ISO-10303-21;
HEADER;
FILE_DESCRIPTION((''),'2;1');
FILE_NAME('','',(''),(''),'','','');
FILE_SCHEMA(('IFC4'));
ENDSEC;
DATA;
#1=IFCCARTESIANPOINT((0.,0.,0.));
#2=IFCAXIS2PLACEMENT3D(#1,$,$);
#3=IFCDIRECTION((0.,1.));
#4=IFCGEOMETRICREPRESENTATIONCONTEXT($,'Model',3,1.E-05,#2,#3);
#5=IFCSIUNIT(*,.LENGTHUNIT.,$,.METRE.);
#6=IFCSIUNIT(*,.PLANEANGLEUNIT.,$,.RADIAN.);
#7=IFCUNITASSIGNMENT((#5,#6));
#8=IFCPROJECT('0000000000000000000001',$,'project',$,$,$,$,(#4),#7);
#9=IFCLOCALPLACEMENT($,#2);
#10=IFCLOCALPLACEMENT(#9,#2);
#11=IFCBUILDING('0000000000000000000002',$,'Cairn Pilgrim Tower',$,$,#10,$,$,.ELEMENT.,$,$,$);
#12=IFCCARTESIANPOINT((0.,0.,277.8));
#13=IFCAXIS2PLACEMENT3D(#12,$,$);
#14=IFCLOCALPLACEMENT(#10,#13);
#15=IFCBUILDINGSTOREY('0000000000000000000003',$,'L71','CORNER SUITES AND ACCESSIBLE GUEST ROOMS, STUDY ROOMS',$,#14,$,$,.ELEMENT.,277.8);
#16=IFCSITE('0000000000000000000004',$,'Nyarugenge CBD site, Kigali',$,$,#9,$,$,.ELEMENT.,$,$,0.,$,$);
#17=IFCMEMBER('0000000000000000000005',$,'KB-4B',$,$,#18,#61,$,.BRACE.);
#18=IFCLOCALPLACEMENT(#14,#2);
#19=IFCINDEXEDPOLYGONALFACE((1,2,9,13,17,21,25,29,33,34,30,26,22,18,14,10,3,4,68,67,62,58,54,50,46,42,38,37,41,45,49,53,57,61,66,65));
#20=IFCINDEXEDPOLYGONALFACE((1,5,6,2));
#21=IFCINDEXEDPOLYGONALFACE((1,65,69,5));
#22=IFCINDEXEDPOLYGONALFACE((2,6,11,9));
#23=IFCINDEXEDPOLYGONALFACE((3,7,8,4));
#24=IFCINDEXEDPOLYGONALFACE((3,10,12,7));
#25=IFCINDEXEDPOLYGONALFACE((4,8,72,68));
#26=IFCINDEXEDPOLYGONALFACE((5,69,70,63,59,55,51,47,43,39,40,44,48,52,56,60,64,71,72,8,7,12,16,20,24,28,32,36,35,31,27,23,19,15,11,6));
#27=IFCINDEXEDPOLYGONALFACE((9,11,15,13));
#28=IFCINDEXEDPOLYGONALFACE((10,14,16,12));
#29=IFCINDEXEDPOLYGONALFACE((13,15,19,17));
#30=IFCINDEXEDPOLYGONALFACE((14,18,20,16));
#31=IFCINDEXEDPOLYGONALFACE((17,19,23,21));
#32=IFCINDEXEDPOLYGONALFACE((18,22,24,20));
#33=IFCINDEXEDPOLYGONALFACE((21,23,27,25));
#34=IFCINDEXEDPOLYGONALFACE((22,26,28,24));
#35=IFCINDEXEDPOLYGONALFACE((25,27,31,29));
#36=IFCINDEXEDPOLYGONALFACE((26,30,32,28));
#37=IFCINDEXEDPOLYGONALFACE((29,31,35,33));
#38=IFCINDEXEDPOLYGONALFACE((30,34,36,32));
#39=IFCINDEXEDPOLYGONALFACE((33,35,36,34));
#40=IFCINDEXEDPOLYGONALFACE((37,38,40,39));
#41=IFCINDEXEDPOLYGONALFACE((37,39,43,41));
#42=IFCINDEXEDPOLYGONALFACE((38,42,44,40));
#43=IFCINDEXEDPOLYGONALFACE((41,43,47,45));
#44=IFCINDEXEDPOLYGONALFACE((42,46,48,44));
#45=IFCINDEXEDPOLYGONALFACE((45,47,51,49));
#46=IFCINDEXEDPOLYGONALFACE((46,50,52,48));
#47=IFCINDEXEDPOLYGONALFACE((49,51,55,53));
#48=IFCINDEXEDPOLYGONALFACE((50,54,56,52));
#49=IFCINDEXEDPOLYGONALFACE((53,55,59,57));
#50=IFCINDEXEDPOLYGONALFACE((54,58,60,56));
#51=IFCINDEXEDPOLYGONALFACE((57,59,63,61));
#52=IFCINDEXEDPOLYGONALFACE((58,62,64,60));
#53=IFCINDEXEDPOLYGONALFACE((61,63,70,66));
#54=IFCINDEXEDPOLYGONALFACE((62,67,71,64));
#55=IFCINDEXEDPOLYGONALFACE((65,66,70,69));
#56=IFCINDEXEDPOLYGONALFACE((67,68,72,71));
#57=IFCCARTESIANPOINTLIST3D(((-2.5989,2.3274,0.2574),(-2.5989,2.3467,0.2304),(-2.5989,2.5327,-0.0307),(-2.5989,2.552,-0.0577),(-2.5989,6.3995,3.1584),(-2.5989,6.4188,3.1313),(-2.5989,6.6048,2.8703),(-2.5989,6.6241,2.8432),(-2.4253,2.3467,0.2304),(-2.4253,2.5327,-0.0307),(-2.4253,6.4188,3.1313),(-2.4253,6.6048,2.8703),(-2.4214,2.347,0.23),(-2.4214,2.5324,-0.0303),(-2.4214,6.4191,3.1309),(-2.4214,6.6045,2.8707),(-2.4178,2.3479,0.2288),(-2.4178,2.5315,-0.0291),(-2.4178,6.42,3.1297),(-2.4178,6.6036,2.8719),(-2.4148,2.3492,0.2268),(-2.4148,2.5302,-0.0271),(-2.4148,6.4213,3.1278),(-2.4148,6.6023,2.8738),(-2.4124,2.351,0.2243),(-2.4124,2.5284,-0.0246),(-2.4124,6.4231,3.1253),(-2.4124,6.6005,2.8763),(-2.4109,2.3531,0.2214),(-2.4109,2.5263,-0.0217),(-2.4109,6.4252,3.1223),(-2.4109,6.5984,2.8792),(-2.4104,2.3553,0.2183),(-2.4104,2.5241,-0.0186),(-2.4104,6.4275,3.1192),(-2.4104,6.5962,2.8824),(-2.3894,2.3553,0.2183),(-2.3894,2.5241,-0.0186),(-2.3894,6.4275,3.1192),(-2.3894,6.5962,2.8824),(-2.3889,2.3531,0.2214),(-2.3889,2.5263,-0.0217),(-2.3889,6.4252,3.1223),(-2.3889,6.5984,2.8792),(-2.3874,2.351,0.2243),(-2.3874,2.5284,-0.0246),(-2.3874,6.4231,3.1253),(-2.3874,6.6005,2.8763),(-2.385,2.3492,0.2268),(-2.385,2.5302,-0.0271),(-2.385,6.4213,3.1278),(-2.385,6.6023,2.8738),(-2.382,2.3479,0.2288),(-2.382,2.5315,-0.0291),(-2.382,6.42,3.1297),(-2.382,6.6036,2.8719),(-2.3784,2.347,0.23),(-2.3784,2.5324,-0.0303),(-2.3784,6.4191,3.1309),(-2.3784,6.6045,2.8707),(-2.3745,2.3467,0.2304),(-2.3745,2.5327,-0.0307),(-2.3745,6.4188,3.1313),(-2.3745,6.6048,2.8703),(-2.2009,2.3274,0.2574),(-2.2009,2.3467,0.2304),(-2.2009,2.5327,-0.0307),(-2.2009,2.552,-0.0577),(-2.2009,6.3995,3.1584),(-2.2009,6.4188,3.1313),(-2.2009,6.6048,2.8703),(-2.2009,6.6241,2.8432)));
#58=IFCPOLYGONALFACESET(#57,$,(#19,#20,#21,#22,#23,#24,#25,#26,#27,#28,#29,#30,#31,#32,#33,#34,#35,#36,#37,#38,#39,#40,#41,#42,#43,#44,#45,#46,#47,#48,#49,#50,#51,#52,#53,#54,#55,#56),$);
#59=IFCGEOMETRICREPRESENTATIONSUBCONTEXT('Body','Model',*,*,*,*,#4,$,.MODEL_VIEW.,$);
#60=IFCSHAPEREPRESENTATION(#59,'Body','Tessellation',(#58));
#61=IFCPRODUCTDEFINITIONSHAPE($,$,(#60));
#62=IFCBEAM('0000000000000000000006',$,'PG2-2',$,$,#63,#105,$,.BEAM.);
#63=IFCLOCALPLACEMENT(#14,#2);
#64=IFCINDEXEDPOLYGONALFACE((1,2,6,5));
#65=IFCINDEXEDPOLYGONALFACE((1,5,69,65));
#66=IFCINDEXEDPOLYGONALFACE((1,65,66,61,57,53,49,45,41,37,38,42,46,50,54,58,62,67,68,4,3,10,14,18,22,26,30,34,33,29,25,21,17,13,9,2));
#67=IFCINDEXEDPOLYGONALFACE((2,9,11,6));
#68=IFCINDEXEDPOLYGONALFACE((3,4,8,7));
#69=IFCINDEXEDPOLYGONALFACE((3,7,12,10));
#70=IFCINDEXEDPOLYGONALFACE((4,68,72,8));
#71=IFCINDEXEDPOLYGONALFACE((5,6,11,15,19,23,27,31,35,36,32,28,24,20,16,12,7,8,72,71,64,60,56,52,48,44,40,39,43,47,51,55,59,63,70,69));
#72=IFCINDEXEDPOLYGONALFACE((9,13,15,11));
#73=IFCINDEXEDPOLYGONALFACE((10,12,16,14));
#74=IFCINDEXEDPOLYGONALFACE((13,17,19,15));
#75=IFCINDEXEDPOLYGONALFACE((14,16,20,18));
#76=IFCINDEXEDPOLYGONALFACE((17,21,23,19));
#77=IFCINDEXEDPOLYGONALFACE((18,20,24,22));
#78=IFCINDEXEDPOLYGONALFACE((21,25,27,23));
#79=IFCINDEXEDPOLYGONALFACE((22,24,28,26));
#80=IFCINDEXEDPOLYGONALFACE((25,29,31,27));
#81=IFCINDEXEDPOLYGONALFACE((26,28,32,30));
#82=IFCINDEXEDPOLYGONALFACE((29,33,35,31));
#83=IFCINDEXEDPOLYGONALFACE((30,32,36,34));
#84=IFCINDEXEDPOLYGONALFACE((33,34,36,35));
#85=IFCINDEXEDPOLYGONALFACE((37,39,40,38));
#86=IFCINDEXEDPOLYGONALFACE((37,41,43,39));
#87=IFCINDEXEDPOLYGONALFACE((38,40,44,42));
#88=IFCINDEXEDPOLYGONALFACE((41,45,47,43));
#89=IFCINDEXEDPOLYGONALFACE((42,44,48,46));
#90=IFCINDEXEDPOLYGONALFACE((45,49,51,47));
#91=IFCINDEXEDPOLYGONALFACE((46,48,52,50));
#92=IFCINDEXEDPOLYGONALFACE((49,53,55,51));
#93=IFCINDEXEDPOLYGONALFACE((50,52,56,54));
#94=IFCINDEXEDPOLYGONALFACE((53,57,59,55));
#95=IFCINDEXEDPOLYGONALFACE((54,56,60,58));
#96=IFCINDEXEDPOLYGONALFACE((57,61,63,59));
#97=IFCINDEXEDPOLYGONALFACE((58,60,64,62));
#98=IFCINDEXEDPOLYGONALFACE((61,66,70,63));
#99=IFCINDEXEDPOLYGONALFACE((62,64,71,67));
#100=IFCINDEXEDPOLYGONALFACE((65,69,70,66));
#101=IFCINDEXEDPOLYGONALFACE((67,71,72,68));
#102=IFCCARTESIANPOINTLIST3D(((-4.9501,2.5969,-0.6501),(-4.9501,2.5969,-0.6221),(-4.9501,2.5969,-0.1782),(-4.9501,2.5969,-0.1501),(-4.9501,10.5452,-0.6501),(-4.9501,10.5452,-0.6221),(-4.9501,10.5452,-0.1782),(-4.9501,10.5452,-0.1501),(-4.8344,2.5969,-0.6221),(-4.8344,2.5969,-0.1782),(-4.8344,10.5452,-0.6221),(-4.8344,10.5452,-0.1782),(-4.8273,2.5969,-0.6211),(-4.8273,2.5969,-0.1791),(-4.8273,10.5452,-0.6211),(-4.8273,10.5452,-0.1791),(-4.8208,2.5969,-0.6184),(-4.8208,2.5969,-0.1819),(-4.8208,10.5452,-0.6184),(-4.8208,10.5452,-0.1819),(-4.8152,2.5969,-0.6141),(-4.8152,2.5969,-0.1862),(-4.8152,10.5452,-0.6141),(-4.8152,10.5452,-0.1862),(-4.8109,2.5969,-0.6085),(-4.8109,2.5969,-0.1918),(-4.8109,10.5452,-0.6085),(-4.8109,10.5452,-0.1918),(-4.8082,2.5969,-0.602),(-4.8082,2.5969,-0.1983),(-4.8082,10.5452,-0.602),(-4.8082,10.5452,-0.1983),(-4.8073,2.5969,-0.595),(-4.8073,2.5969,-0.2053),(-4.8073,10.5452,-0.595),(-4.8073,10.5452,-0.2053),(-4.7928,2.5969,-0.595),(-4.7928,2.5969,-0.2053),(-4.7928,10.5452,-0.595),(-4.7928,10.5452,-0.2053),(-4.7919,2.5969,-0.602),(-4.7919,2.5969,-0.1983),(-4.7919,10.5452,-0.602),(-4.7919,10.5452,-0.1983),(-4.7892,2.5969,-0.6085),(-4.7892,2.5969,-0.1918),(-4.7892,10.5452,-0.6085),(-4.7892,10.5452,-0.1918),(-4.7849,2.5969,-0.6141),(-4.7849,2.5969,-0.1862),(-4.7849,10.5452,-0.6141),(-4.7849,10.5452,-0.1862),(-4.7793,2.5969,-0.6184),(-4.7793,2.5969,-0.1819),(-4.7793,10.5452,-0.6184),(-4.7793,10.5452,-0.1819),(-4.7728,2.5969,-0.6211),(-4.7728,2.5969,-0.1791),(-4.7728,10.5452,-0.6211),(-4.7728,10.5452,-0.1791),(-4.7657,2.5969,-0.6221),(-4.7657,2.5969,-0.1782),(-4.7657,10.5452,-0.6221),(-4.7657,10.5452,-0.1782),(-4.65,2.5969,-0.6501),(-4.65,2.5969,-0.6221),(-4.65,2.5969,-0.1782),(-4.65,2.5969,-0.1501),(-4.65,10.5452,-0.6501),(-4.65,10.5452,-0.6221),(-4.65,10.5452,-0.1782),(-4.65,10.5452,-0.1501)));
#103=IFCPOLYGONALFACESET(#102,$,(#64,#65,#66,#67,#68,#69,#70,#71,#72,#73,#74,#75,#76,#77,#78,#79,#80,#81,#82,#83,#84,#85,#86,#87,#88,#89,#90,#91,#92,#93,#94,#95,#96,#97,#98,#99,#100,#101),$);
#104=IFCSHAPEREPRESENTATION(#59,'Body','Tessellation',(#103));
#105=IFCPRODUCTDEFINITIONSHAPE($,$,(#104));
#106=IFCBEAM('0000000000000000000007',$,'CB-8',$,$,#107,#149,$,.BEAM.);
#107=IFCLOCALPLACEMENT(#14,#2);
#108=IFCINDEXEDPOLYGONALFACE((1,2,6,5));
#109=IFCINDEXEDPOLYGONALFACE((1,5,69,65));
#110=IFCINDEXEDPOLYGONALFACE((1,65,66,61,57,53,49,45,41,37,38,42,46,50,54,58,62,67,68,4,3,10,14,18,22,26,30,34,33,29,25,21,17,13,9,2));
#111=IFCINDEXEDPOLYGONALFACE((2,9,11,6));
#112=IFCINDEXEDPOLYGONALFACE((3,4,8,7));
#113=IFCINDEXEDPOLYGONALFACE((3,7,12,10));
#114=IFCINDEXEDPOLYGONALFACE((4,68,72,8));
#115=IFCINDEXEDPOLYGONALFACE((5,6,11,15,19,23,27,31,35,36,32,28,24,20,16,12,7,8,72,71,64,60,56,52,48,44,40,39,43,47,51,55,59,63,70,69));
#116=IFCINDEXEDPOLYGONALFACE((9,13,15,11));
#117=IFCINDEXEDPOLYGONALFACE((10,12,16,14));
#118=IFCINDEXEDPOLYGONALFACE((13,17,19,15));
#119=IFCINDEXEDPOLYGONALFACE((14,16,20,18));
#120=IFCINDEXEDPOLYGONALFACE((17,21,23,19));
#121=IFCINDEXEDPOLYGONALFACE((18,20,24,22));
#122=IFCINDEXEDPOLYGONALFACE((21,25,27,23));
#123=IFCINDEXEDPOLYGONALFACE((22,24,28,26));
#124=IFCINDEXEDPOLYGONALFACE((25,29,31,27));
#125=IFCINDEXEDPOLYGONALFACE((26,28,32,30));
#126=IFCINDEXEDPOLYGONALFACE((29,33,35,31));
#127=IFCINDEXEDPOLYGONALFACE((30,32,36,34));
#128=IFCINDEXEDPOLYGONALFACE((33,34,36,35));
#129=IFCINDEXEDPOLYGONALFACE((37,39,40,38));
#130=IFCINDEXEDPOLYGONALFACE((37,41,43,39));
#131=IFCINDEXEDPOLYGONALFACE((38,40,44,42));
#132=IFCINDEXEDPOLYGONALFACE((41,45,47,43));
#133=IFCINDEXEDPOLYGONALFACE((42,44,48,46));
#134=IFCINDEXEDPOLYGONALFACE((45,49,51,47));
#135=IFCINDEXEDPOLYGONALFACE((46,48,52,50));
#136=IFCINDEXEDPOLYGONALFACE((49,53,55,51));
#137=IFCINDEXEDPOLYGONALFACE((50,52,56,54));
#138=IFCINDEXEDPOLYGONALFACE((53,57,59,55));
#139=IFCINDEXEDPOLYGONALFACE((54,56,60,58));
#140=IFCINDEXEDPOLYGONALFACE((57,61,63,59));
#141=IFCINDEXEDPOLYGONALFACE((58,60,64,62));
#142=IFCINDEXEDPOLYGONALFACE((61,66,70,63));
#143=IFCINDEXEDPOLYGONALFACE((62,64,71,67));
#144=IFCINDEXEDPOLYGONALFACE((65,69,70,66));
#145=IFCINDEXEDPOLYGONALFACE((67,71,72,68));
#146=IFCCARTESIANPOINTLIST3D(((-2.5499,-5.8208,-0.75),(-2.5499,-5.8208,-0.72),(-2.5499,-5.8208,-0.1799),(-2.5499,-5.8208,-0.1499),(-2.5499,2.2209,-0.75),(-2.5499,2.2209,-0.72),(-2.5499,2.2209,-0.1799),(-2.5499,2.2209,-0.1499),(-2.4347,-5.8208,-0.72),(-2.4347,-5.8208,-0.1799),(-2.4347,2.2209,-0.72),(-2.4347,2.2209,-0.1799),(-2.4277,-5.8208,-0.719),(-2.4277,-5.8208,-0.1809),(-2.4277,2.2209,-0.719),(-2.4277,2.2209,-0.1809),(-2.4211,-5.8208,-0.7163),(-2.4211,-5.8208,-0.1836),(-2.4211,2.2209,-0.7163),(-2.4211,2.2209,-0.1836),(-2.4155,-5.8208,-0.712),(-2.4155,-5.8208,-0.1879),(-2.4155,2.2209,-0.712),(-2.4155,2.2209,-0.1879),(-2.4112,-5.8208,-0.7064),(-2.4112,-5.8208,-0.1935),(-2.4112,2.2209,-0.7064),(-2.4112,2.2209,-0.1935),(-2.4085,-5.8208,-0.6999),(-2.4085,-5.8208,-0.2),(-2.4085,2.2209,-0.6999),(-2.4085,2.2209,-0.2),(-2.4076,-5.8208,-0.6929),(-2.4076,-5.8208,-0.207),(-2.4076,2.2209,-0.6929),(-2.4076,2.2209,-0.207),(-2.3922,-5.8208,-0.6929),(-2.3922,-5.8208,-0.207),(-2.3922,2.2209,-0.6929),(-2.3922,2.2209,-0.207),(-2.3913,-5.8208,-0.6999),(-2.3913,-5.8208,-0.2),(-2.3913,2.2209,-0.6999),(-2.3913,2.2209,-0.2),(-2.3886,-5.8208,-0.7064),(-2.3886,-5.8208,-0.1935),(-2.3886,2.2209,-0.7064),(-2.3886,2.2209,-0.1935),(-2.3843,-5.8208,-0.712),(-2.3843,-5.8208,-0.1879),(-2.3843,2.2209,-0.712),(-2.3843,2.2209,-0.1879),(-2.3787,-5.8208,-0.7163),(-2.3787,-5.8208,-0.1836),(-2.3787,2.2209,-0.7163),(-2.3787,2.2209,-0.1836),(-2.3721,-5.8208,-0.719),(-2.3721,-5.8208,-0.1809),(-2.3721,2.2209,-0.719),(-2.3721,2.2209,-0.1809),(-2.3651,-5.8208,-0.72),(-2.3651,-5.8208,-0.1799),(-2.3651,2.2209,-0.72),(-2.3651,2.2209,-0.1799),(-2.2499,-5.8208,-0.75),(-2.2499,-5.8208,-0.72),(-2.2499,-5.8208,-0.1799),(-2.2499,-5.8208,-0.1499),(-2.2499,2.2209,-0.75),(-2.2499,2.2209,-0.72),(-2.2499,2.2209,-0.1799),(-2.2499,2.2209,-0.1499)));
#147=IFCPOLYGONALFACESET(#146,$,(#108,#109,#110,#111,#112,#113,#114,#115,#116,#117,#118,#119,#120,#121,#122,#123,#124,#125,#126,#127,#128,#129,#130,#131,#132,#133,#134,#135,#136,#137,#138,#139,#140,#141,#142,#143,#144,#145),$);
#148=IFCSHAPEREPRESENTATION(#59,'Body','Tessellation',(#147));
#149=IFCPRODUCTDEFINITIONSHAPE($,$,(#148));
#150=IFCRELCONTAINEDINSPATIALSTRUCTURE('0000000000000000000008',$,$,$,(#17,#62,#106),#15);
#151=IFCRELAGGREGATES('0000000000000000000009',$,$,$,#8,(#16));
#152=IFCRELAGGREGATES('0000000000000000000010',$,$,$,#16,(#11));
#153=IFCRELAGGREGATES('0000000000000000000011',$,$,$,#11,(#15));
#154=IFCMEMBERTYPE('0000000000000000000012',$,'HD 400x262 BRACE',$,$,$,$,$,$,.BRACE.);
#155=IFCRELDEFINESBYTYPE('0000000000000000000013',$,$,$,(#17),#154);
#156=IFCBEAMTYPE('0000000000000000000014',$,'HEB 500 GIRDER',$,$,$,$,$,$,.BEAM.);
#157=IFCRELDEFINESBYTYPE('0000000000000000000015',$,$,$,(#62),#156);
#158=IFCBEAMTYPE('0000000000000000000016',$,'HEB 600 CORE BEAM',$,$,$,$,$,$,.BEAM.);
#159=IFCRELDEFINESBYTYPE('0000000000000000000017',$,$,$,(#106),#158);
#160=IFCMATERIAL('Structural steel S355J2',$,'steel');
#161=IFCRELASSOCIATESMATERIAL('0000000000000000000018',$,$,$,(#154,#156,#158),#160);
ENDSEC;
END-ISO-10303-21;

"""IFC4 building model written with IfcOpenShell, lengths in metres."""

from ifc_helpers import new_model, si_unit, direction, frame, origin, origin_2d, place, context, subcontext, project, spatial, i_section, extrude, material, material_profile, profile_set, type_object, element, save


model = new_model("IFC4")

# Units and contexts
model_context = context("Model", 3, precision=1e-05, world=origin(), true_north=direction((0.0, 1.0)))
body_context = subcontext(model_context, "Body", "Model", "MODEL_VIEW")
ifc_project = project(units=[si_unit("LENGTHUNIT", "METRE"), si_unit("PLANEANGLEUNIT", "RADIAN")], contexts=[model_context])

# Site, building, storey
site_placement = place(None, origin())
site = spatial("IfcSite", under=ifc_project, at=site_placement, Name="Nyarugenge CBD site, Kigali", CompositionType="ELEMENT", RefElevation=0.0)
building_placement = place(site_placement, origin())
building = spatial("IfcBuilding", under=site, at=building_placement, Name="Cairn Pilgrim Tower", CompositionType="ELEMENT")
storey_placement = place(building_placement, frame((0.0, 0.0, 277.8)))
storey = spatial("IfcBuildingStorey", under=building, at=storey_placement, Name="L71", Description="CORNER SUITES AND ACCESSIBLE GUEST ROOMS, STUDY ROOMS", CompositionType="ELEMENT", Elevation=277.8)

# Shared definitions
ifc_material_1 = material(Name="Structural steel S355J2", Category="steel")

# Member
ifc_material_profile_1 = material_profile(ifc_material_1, i_section(OverallWidth=0.3979, OverallDepth=0.387, WebThickness=0.021, FlangeThickness=0.0332, FilletRadius=0.0149, at=origin_2d()), Name="HD 400x262")
ifc_profile_set_1 = profile_set([ifc_material_profile_1], Name="Structural steel S355J2")
member_type_1 = type_object("IfcMemberType", Name="HD 400x262 BRACE", PredefinedType="BRACE", material=ifc_profile_set_1)
member_1_placement = place(storey_placement, frame((-2.3999, 2.4397, 0.0999), z_axis=(0.0, 0.814462, 0.580217), x_axis=(-1.0, 0.0, 0.0)))
element("IfcMember", 1, at=member_1_placement, inside=storey, type_object=member_type_1, Name="KB-4B", PredefinedType="BRACE", context=body_context, shape_type="SweptSolid", body=[
    extrude(i_section(OverallWidth=0.3979, OverallDepth=0.387, WebThickness=0.021, FlangeThickness=0.0332, FilletRadius=0.0149, at=origin_2d()), origin(), (0.0, 0.0, 1.0), 4.9998),
])

# Beams
ifc_material_profile_2 = material_profile(ifc_material_1, i_section(OverallWidth=0.3, OverallDepth=0.5, WebThickness=0.0144, FlangeThickness=0.0281, FilletRadius=0.0271, at=origin_2d()), Name="HEB 500")
ifc_profile_set_2 = profile_set([ifc_material_profile_2], Name="Structural steel S355J2")
beam_type_1 = type_object("IfcBeamType", Name="HEB 500 GIRDER", PredefinedType="BEAM", material=ifc_profile_set_2)
beam_1_placement = place(storey_placement, frame((-4.8, 2.5969, -0.4001), z_axis=(0.0, 1.0, 0.0), x_axis=(-1.0, 0.0, 0.0)))
element("IfcBeam", 2, at=beam_1_placement, inside=storey, type_object=beam_type_1, Name="PG2-2", PredefinedType="BEAM", context=body_context, shape_type="SweptSolid", body=[
    extrude(i_section(OverallWidth=0.3, OverallDepth=0.5, WebThickness=0.0144, FlangeThickness=0.0281, FilletRadius=0.0271, at=origin_2d()), origin(), (0.0, 0.0, 1.0), 7.9482),
])
ifc_material_profile_3 = material_profile(ifc_material_1, i_section(OverallWidth=0.3, OverallDepth=0.6001, WebThickness=0.0154, FlangeThickness=0.03, FilletRadius=0.0271, at=origin_2d()), Name="HEB 600")
ifc_profile_set_3 = profile_set([ifc_material_profile_3], Name="Structural steel S355J2")
beam_type_2 = type_object("IfcBeamType", Name="HEB 600 CORE BEAM", PredefinedType="BEAM", material=ifc_profile_set_3)
beam_2_placement = place(storey_placement, frame((-2.3999, 2.2209, -0.45), z_axis=(0.0, -1.0, 0.0), x_axis=(1.0, 0.0, 0.0)))
element("IfcBeam", 3, at=beam_2_placement, inside=storey, type_object=beam_type_2, Name="CB-8", PredefinedType="BEAM", context=body_context, shape_type="SweptSolid", body=[
    extrude(i_section(OverallWidth=0.3, OverallDepth=0.6001, WebThickness=0.0154, FlangeThickness=0.03, FilletRadius=0.0271, at=origin_2d()), origin(), (0.0, 0.0, 1.0), 8.0417),
])

save(model, "model.ifc")
